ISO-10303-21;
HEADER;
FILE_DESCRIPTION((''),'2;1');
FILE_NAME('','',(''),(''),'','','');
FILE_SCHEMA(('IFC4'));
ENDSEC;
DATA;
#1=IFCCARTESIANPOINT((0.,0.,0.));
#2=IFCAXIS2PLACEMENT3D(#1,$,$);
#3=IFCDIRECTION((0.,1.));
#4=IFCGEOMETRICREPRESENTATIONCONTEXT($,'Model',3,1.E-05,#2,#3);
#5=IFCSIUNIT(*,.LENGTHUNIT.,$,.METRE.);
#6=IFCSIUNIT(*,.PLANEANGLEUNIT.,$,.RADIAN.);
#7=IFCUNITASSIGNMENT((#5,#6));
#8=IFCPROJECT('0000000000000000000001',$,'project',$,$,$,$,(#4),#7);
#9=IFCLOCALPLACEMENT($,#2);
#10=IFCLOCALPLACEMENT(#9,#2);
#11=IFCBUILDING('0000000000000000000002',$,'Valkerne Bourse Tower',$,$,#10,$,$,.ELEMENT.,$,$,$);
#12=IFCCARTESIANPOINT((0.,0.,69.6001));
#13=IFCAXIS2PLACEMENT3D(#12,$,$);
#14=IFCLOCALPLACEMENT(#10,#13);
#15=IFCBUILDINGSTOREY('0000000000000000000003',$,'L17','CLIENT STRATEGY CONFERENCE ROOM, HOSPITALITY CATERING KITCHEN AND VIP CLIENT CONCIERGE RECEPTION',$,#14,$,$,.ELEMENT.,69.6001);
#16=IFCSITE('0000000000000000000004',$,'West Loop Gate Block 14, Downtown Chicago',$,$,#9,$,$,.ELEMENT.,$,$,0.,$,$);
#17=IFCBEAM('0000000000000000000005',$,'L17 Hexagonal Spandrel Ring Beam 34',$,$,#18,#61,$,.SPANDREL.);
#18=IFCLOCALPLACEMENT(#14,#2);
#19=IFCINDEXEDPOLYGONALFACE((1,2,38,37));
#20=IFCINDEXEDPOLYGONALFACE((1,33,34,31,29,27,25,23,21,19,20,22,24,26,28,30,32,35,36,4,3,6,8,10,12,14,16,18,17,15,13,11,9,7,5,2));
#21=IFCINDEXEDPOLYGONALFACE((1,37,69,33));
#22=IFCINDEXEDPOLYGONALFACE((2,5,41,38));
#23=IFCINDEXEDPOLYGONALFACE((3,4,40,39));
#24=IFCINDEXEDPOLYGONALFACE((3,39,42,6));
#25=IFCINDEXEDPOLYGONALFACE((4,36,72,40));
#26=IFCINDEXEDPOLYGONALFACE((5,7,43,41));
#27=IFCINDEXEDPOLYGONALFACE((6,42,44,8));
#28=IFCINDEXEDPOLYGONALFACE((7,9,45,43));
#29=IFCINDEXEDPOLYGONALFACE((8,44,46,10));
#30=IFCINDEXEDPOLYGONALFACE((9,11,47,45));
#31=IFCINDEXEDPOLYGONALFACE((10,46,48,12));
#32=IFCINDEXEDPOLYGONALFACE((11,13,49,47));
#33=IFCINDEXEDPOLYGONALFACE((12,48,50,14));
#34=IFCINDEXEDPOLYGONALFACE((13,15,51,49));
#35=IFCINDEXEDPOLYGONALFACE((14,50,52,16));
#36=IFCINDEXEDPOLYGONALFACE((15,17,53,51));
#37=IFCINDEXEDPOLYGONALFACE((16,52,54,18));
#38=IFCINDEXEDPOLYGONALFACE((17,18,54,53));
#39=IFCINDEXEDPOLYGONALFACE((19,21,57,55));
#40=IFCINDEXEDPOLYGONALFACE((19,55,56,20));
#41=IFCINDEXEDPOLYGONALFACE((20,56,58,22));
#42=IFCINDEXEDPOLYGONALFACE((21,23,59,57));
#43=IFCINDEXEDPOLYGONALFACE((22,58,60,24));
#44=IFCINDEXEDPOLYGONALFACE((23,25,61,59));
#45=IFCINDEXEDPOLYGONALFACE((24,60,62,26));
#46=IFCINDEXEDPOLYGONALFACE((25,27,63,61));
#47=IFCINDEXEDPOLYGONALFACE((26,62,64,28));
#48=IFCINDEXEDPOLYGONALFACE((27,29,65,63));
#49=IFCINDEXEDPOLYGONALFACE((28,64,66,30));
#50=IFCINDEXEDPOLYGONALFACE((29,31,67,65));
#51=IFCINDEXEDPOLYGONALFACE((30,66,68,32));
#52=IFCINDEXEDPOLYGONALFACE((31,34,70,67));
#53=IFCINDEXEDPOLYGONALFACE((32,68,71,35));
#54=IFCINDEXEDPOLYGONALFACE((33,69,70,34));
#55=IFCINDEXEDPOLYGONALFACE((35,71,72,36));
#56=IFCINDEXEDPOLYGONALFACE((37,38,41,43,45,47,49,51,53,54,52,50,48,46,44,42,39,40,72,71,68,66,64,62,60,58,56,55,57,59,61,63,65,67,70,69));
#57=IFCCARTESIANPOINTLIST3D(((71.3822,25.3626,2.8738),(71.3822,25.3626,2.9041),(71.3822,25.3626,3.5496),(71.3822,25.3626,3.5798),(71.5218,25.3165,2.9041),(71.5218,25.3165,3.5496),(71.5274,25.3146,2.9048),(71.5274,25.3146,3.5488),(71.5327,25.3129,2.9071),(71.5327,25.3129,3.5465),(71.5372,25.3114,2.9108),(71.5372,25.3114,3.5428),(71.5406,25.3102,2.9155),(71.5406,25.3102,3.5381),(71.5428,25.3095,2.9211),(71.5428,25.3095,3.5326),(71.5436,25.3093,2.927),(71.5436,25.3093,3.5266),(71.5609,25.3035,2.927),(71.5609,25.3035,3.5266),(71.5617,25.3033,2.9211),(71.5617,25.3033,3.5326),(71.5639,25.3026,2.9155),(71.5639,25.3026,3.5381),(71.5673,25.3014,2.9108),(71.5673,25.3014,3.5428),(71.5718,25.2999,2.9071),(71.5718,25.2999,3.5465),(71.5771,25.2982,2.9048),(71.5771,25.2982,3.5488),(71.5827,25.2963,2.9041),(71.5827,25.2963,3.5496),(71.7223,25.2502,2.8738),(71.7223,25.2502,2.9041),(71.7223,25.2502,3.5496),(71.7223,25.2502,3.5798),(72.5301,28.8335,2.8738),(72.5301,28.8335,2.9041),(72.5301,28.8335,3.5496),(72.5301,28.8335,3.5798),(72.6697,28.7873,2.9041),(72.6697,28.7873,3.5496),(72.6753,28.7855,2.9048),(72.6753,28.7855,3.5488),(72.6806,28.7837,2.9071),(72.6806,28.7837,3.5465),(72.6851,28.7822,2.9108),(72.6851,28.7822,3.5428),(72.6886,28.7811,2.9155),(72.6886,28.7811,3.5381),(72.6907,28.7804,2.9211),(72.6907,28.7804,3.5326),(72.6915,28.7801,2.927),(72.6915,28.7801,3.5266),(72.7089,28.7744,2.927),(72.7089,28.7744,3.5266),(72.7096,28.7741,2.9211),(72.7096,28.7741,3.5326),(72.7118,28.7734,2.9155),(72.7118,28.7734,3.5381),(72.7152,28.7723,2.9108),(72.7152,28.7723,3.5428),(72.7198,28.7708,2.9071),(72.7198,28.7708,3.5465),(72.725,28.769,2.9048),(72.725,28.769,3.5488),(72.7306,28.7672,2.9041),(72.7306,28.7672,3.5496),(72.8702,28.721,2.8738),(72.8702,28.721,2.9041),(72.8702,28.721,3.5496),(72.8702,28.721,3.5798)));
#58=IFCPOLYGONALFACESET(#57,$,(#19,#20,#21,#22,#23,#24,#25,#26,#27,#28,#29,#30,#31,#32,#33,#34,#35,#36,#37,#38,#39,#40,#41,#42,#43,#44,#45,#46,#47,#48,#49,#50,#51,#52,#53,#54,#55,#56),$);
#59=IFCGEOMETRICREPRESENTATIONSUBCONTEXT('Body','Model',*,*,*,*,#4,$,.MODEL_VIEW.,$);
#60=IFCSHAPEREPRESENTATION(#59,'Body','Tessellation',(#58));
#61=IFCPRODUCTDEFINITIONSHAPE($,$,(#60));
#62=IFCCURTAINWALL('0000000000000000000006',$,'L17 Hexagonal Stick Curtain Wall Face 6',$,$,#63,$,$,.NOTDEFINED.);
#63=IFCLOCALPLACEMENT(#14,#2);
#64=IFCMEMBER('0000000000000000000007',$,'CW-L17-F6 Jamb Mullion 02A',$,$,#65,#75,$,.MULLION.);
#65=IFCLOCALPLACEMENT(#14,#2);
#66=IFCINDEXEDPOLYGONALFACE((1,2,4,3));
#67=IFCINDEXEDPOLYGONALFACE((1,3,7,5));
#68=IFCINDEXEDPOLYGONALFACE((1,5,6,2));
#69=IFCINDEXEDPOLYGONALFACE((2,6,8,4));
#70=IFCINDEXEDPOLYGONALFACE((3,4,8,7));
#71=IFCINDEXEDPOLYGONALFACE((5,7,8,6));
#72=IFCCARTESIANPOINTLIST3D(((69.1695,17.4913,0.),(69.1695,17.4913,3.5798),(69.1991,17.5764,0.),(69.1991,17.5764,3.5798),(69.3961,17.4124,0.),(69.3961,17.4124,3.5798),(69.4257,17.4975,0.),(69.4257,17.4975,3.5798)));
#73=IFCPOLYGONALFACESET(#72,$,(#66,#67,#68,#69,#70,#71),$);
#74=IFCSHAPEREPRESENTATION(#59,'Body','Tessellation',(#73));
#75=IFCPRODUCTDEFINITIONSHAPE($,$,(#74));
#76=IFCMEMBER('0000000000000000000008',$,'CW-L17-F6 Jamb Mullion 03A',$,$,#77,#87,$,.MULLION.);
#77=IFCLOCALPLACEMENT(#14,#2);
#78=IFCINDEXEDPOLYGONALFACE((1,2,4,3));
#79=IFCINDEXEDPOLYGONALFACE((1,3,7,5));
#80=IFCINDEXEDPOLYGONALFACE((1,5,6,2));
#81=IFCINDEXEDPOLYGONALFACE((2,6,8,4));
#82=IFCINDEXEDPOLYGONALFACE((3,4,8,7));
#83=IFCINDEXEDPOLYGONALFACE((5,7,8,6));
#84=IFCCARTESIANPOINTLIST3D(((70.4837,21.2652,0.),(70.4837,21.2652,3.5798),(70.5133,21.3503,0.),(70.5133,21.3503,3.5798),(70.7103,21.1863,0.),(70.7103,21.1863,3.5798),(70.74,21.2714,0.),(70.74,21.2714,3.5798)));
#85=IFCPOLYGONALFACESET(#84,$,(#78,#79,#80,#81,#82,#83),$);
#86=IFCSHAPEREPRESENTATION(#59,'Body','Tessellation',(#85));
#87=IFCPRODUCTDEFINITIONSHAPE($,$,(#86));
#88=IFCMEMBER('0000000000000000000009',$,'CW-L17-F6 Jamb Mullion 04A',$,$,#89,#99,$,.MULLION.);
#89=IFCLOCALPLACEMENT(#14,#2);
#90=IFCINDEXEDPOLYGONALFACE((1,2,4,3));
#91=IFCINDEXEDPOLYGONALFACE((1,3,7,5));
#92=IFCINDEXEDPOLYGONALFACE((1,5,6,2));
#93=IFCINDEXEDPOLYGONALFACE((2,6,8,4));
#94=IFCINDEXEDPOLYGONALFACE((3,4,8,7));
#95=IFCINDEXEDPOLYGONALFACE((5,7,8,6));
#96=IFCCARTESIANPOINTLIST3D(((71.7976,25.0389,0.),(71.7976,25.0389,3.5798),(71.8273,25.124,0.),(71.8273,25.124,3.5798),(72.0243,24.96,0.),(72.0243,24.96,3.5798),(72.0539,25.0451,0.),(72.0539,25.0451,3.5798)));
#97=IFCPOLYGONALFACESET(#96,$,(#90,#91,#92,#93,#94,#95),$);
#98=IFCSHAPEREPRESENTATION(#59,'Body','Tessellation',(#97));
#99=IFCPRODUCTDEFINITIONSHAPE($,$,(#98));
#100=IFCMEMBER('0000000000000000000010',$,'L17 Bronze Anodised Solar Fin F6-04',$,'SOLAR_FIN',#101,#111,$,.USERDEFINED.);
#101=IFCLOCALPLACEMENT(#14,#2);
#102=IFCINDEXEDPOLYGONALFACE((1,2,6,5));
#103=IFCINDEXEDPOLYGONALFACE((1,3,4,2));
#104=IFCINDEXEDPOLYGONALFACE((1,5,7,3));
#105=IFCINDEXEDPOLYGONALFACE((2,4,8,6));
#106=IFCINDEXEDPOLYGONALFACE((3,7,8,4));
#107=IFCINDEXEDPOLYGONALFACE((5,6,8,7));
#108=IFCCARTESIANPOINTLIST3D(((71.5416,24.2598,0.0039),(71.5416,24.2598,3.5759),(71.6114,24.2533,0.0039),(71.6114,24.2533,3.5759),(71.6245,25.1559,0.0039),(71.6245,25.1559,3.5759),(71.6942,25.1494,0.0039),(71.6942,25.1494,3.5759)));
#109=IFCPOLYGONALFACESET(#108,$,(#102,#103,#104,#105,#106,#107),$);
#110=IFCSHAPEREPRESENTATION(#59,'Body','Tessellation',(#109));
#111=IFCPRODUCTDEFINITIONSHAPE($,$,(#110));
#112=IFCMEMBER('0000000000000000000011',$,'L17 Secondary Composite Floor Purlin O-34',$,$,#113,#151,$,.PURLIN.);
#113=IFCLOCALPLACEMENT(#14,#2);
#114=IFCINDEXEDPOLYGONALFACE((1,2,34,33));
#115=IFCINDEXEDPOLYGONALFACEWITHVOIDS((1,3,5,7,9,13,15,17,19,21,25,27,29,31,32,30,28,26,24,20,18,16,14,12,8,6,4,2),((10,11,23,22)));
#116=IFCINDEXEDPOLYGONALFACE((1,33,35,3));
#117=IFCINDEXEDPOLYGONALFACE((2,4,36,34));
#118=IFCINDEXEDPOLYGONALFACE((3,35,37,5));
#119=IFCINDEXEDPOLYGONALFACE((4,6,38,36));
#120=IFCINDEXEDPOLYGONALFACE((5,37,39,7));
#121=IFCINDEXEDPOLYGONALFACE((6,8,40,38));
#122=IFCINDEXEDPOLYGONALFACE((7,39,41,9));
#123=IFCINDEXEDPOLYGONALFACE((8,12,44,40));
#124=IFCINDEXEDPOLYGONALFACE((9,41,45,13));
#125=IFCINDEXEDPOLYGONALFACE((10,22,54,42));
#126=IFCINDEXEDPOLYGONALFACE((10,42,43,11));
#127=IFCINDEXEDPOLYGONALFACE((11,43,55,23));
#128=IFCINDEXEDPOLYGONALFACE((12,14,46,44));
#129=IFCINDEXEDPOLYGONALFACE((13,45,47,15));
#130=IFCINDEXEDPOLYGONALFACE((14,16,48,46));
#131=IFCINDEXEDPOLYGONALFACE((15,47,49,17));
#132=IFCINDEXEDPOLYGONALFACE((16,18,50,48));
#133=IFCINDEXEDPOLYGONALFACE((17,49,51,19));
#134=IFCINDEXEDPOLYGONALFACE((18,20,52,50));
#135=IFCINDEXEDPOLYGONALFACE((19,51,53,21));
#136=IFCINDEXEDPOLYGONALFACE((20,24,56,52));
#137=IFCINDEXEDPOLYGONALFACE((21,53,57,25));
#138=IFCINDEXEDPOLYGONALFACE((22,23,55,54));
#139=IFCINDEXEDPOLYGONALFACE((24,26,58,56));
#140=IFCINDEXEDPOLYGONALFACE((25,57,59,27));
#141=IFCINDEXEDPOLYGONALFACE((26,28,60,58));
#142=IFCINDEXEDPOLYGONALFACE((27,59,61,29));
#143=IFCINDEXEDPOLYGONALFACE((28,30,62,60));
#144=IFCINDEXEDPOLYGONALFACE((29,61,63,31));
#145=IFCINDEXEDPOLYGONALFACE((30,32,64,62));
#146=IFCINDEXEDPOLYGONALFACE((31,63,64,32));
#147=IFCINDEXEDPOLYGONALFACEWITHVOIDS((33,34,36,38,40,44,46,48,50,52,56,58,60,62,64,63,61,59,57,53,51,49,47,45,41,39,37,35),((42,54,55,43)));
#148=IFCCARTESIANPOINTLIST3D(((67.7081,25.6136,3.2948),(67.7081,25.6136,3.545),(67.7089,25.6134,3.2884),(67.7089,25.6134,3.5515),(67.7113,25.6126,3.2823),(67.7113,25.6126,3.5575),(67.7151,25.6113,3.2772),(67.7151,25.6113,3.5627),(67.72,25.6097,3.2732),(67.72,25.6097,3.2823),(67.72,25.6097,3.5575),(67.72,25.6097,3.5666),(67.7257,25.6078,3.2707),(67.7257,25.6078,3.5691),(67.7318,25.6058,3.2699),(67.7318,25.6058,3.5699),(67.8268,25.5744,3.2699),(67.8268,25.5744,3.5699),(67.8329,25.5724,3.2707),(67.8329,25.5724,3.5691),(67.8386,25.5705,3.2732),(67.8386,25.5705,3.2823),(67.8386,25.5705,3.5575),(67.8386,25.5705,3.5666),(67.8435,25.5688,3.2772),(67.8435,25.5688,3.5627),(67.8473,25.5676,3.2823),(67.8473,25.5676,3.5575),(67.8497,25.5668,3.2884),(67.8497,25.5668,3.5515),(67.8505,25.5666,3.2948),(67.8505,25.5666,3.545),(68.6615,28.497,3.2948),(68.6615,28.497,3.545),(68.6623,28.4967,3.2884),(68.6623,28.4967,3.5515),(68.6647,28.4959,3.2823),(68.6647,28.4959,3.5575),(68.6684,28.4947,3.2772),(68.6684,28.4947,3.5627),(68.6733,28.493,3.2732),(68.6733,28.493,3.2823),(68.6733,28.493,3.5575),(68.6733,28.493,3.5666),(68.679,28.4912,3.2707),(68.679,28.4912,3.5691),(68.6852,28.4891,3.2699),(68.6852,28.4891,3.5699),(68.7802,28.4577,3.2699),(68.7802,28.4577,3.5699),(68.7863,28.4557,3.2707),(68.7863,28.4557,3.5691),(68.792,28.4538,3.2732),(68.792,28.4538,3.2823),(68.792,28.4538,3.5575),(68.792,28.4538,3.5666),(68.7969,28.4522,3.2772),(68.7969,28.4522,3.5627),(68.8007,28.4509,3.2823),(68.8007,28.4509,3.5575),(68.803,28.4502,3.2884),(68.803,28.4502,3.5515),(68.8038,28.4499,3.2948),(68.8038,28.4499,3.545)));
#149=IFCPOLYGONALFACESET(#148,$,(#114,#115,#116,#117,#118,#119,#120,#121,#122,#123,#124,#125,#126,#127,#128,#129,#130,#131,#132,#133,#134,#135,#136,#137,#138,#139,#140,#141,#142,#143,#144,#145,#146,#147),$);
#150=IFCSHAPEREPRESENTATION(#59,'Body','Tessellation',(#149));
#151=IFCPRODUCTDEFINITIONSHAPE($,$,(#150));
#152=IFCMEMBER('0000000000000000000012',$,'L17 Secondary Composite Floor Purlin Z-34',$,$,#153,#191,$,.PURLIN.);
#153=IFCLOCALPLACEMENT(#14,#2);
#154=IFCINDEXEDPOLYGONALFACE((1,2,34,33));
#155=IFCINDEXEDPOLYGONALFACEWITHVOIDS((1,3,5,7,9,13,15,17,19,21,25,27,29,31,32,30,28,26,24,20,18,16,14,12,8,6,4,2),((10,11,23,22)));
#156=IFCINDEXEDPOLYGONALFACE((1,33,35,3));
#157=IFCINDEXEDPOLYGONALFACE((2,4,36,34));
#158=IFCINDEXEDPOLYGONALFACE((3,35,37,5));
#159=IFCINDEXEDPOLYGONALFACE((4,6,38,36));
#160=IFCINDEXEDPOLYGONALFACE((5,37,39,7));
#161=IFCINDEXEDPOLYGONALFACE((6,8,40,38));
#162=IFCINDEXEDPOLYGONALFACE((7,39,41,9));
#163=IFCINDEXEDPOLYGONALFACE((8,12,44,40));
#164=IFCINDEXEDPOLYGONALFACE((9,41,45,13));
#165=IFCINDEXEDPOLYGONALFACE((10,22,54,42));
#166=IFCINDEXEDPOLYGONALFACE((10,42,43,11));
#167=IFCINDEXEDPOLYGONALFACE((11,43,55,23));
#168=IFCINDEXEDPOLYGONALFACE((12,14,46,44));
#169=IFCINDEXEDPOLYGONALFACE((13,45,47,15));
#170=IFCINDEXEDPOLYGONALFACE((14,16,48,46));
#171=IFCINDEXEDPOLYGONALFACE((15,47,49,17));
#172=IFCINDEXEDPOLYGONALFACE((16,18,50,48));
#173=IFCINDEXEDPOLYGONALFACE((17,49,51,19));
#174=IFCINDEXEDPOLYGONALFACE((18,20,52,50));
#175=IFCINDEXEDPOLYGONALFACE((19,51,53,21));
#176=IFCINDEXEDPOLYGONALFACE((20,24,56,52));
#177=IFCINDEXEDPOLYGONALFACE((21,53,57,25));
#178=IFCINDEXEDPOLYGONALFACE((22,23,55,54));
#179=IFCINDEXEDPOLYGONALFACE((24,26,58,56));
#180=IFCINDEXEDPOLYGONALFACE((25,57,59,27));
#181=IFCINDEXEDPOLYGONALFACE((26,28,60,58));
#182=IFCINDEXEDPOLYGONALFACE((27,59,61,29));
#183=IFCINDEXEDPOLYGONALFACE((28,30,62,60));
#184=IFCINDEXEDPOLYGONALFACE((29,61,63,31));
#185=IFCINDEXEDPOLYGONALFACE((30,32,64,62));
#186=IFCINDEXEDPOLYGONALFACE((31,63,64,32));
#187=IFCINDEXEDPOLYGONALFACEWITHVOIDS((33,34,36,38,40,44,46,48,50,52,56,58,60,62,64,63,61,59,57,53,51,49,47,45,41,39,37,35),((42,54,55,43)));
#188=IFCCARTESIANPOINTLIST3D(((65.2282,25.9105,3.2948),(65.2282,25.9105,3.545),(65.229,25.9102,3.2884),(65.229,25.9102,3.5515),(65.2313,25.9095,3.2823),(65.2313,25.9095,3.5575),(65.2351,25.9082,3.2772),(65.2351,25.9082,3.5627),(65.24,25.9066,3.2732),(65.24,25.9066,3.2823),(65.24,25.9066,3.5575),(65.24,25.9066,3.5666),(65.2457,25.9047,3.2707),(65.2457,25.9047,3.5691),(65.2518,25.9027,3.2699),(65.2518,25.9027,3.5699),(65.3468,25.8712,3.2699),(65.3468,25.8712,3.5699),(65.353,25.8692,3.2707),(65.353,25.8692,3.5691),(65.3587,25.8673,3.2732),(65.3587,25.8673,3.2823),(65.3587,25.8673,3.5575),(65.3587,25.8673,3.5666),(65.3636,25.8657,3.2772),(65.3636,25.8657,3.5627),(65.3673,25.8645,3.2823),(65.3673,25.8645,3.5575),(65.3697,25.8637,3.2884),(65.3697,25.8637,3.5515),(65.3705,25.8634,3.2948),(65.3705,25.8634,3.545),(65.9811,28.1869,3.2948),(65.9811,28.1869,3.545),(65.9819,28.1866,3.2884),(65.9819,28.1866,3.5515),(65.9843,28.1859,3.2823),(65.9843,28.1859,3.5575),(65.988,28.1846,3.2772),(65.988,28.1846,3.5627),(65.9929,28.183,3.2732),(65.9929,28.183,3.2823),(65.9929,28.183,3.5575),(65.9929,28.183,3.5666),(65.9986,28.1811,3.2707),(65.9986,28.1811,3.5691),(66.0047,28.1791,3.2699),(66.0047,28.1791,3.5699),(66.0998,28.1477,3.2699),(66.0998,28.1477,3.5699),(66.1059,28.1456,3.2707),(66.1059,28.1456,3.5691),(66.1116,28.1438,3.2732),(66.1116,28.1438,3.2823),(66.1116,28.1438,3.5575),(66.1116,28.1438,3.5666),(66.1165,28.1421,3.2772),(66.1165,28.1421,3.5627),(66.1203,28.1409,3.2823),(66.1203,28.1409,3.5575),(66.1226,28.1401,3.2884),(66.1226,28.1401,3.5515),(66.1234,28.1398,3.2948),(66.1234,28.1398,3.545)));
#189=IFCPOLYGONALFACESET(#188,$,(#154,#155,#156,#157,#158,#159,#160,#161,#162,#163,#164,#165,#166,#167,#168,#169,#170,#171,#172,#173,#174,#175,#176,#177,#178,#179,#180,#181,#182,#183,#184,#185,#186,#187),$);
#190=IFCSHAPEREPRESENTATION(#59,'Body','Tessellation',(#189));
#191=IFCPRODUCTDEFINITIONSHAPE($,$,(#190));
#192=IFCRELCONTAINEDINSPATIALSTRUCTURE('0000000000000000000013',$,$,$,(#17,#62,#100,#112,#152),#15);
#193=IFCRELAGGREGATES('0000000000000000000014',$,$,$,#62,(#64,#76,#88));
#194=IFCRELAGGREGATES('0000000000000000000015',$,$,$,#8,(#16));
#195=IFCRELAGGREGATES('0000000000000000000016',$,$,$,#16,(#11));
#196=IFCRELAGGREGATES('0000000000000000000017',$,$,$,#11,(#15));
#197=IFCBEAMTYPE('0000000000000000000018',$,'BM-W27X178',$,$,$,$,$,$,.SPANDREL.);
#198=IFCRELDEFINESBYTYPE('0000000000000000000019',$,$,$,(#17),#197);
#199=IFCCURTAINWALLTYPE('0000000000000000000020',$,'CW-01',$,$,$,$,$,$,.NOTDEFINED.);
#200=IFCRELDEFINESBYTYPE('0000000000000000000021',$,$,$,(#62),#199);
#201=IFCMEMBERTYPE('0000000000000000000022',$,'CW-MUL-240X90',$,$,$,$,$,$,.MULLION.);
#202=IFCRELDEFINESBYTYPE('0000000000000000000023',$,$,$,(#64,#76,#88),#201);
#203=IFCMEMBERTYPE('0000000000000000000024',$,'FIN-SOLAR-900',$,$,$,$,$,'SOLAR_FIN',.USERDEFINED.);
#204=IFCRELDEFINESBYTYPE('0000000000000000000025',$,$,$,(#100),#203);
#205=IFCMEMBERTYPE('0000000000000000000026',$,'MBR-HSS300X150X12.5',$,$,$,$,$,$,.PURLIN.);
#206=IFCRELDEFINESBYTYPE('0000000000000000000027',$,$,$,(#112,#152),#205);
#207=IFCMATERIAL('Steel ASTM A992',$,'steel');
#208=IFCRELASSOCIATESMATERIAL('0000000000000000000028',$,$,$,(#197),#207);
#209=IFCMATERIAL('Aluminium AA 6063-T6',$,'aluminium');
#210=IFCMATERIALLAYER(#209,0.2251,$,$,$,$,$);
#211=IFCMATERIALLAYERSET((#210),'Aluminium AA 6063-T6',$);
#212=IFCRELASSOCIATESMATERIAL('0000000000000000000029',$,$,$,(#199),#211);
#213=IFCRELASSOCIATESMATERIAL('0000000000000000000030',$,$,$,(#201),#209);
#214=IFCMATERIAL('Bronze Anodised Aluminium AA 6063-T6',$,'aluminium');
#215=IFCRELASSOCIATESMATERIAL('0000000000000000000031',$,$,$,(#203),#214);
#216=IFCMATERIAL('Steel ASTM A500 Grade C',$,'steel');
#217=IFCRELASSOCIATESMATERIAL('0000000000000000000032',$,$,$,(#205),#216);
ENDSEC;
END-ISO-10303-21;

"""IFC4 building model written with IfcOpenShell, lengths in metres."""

from ifc_helpers import new_model, si_unit, direction, frame, origin, origin_2d, place, context, subcontext, project, spatial, rectangle, hollow_rectangle, i_section, extrude, material, layer, layer_set, material_profile, profile_set, type_object, element, aggregate, save


model = new_model("IFC4")

# Units and contexts
model_context = context("Model", 3, precision=1e-05, world=origin(), true_north=direction((0.0, 1.0)))
body_context = subcontext(model_context, "Body", "Model", "MODEL_VIEW")
ifc_project = project(units=[si_unit("LENGTHUNIT", "METRE"), si_unit("PLANEANGLEUNIT", "RADIAN")], contexts=[model_context])

# Site, building, storey
site_placement = place(None, origin())
site = spatial("IfcSite", under=ifc_project, at=site_placement, Name="West Loop Gate Block 14, Downtown Chicago", CompositionType="ELEMENT", RefElevation=0.0)
building_placement = place(site_placement, origin())
building = spatial("IfcBuilding", under=site, at=building_placement, Name="Valkerne Bourse Tower", CompositionType="ELEMENT")
storey_placement = place(building_placement, frame((0.0, 0.0, 69.6001)))
storey = spatial("IfcBuildingStorey", under=building, at=storey_placement, Name="L17", Description="CLIENT STRATEGY CONFERENCE ROOM, HOSPITALITY CATERING KITCHEN AND VIP CLIENT CONCIERGE RECEPTION", CompositionType="ELEMENT", Elevation=69.6001)

# Beam
ifc_material_1 = material(Name="Steel ASTM A992", Category="steel")
ifc_material_profile_1 = material_profile(ifc_material_1, i_section(OverallWidth=0.3582, OverallDepth=0.7061, WebThickness=0.0183, FlangeThickness=0.0303, FilletRadius=0.0229, at=origin_2d()), Name="W27X178")
ifc_profile_set_1 = profile_set([ifc_material_profile_1], Name="Steel ASTM A992")
beam_type_1 = type_object("IfcBeamType", Name="BM-W27X178", PredefinedType="SPANDREL", material=ifc_profile_set_1)
for number, where, z_axis, x_axis, name in (
    (1, (71.5522, 25.3064, 3.2268), (0.314003, 0.949422, 0.0), (-0.949422, 0.314003, 0.0), "L17 Hexagonal Spandrel Ring Beam 34"),
):
    element("IfcBeam", number, at=place(storey_placement, frame(where, z_axis=z_axis, x_axis=x_axis)), inside=storey, type_object=beam_type_1, Name=name, PredefinedType="SPANDREL", context=body_context, shape_type="SweptSolid", body=[
        extrude(i_section(OverallWidth=0.3582, OverallDepth=0.7061, WebThickness=0.0183, FlangeThickness=0.0303, FilletRadius=0.0229, at=origin_2d()), origin(), (0.0, 0.0, 1.0), 3.6558),
    ])

# Curtain wall, members
ifc_material_2 = material(Name="Aluminium AA 6063-T6", Category="aluminium")
ifc_layer_1 = layer(ifc_material_2, 0.2251)
ifc_layer_set_1 = layer_set([ifc_layer_1], Name="Aluminium AA 6063-T6")
curtain_wall_type = type_object("IfcCurtainWallType", Name="CW-01", PredefinedType="NOTDEFINED", material=ifc_layer_set_1)
curtain_wall_placement = place(storey_placement, origin())
curtain_wall = element("IfcCurtainWall", 2, at=curtain_wall_placement, inside=storey, type_object=curtain_wall_type, Name="L17 Hexagonal Stick Curtain Wall Face 6", PredefinedType="NOTDEFINED")
ifc_material_profile_2 = material_profile(ifc_material_2, rectangle(XDim=0.0901, YDim=0.24, at=origin_2d()), Name="CWM-90X240")
ifc_profile_set_2 = profile_set([ifc_material_profile_2], Name="Aluminium AA 6063-T6")
member_type_1 = type_object("IfcMemberType", Name="CW-MUL-240X90", PredefinedType="MULLION", material=ifc_profile_set_2)
member_1_placement = place(storey_placement, frame((69.2976, 17.4944, 0.0), z_axis=(0.0, 0.0, 1.0), x_axis=(0.32885, 0.944382, 0.0)))
member_1 = element("IfcMember", 3, at=member_1_placement, type_object=member_type_1, Name="CW-L17-F6 Jamb Mullion 02A", PredefinedType="MULLION", context=body_context, shape_type="SweptSolid", body=[
    extrude(rectangle(XDim=0.0901, YDim=0.24, at=origin_2d()), origin(), (0.0, 0.0, 1.0), 3.5798),
])
member_2_placement = place(storey_placement, frame((70.6118, 21.2683, 0.0), z_axis=(0.0, 0.0, 1.0), x_axis=(0.32888, 0.944372, 0.0)))
member_2 = element("IfcMember", 4, at=member_2_placement, type_object=member_type_1, Name="CW-L17-F6 Jamb Mullion 03A", PredefinedType="MULLION", context=body_context, shape_type="SweptSolid", body=[
    extrude(rectangle(XDim=0.0901, YDim=0.24, at=origin_2d()), origin(), (0.0, 0.0, 1.0), 3.5798),
])
member_3_placement = place(storey_placement, frame((71.9258, 25.042, 0.0), z_axis=(0.0, 0.0, 1.0), x_axis=(0.328857, 0.94438, 0.0)))
member_3 = element("IfcMember", 5, at=member_3_placement, type_object=member_type_1, Name="CW-L17-F6 Jamb Mullion 04A", PredefinedType="MULLION", context=body_context, shape_type="SweptSolid", body=[
    extrude(rectangle(XDim=0.0901, YDim=0.24, at=origin_2d()), origin(), (0.0, 0.0, 1.0), 3.5798),
])

# Members
ifc_material_3 = material(Name="Bronze Anodised Aluminium AA 6063-T6", Category="aluminium")
ifc_material_profile_3 = material_profile(ifc_material_3, rectangle(XDim=0.0701, YDim=0.8999, at=origin_2d()), Name="FIN-70X900")
ifc_profile_set_3 = profile_set([ifc_material_profile_3], Name="Bronze Anodised Aluminium AA 6063-T6")
member_type_2 = type_object("IfcMemberType", Name="FIN-SOLAR-900", ElementType="SOLAR_FIN", PredefinedType="USERDEFINED", material=ifc_profile_set_3)
member_4_placement = place(storey_placement, frame((71.6179, 24.7046, 0.0039), z_axis=(0.0, 0.0, 1.0), x_axis=(0.99575, -0.092093, 0.0)))
element("IfcMember", 6, at=member_4_placement, inside=storey, type_object=member_type_2, Name="L17 Bronze Anodised Solar Fin F6-04", ObjectType="SOLAR_FIN", PredefinedType="USERDEFINED", context=body_context, shape_type="SweptSolid", body=[
    extrude(rectangle(XDim=0.0701, YDim=0.8999, at=origin_2d()), origin(), (0.0, 0.0, 1.0), 3.572),
])
ifc_material_4 = material(Name="Steel ASTM A500 Grade C", Category="steel")
ifc_material_profile_4 = material_profile(ifc_material_4, hollow_rectangle(XDim=0.1499, YDim=0.3, WallThickness=0.0125, OuterFilletRadius=0.0249, at=origin_2d()), Name="HSS300X150X12.5")
ifc_profile_set_4 = profile_set([ifc_material_profile_4], Name="Steel ASTM A500 Grade C")
member_type_3 = type_object("IfcMemberType", Name="MBR-HSS300X150X12.5", PredefinedType="PURLIN", material=ifc_profile_set_4)
member_5_placement = place(storey_placement, frame((67.7793, 25.5901, 3.4199), z_axis=(0.313936, 0.949444, 0.0), x_axis=(-0.949444, 0.313936, 0.0)))
element("IfcMember", 7, at=member_5_placement, inside=storey, type_object=member_type_3, Name="L17 Secondary Composite Floor Purlin O-34", PredefinedType="PURLIN", context=body_context, shape_type="SweptSolid", body=[
    extrude(hollow_rectangle(XDim=0.1499, YDim=0.3, WallThickness=0.0125, OuterFilletRadius=0.0249, at=origin_2d()), origin(), (0.0, 0.0, 1.0), 3.0369),
])
member_6_placement = place(storey_placement, frame((65.2993, 25.887, 3.4199), z_axis=(0.314028, 0.949414, 0.0), x_axis=(-0.949414, 0.314028, 0.0)))
element("IfcMember", 8, at=member_6_placement, inside=storey, type_object=member_type_3, Name="L17 Secondary Composite Floor Purlin Z-34", PredefinedType="PURLIN", context=body_context, shape_type="SweptSolid", body=[
    extrude(hollow_rectangle(XDim=0.1499, YDim=0.3, WallThickness=0.0125, OuterFilletRadius=0.0249, at=origin_2d()), origin(), (0.0, 0.0, 1.0), 2.3977),
])

aggregate(curtain_wall, [member_1, member_2, member_3])

save(model, "model.ifc")
